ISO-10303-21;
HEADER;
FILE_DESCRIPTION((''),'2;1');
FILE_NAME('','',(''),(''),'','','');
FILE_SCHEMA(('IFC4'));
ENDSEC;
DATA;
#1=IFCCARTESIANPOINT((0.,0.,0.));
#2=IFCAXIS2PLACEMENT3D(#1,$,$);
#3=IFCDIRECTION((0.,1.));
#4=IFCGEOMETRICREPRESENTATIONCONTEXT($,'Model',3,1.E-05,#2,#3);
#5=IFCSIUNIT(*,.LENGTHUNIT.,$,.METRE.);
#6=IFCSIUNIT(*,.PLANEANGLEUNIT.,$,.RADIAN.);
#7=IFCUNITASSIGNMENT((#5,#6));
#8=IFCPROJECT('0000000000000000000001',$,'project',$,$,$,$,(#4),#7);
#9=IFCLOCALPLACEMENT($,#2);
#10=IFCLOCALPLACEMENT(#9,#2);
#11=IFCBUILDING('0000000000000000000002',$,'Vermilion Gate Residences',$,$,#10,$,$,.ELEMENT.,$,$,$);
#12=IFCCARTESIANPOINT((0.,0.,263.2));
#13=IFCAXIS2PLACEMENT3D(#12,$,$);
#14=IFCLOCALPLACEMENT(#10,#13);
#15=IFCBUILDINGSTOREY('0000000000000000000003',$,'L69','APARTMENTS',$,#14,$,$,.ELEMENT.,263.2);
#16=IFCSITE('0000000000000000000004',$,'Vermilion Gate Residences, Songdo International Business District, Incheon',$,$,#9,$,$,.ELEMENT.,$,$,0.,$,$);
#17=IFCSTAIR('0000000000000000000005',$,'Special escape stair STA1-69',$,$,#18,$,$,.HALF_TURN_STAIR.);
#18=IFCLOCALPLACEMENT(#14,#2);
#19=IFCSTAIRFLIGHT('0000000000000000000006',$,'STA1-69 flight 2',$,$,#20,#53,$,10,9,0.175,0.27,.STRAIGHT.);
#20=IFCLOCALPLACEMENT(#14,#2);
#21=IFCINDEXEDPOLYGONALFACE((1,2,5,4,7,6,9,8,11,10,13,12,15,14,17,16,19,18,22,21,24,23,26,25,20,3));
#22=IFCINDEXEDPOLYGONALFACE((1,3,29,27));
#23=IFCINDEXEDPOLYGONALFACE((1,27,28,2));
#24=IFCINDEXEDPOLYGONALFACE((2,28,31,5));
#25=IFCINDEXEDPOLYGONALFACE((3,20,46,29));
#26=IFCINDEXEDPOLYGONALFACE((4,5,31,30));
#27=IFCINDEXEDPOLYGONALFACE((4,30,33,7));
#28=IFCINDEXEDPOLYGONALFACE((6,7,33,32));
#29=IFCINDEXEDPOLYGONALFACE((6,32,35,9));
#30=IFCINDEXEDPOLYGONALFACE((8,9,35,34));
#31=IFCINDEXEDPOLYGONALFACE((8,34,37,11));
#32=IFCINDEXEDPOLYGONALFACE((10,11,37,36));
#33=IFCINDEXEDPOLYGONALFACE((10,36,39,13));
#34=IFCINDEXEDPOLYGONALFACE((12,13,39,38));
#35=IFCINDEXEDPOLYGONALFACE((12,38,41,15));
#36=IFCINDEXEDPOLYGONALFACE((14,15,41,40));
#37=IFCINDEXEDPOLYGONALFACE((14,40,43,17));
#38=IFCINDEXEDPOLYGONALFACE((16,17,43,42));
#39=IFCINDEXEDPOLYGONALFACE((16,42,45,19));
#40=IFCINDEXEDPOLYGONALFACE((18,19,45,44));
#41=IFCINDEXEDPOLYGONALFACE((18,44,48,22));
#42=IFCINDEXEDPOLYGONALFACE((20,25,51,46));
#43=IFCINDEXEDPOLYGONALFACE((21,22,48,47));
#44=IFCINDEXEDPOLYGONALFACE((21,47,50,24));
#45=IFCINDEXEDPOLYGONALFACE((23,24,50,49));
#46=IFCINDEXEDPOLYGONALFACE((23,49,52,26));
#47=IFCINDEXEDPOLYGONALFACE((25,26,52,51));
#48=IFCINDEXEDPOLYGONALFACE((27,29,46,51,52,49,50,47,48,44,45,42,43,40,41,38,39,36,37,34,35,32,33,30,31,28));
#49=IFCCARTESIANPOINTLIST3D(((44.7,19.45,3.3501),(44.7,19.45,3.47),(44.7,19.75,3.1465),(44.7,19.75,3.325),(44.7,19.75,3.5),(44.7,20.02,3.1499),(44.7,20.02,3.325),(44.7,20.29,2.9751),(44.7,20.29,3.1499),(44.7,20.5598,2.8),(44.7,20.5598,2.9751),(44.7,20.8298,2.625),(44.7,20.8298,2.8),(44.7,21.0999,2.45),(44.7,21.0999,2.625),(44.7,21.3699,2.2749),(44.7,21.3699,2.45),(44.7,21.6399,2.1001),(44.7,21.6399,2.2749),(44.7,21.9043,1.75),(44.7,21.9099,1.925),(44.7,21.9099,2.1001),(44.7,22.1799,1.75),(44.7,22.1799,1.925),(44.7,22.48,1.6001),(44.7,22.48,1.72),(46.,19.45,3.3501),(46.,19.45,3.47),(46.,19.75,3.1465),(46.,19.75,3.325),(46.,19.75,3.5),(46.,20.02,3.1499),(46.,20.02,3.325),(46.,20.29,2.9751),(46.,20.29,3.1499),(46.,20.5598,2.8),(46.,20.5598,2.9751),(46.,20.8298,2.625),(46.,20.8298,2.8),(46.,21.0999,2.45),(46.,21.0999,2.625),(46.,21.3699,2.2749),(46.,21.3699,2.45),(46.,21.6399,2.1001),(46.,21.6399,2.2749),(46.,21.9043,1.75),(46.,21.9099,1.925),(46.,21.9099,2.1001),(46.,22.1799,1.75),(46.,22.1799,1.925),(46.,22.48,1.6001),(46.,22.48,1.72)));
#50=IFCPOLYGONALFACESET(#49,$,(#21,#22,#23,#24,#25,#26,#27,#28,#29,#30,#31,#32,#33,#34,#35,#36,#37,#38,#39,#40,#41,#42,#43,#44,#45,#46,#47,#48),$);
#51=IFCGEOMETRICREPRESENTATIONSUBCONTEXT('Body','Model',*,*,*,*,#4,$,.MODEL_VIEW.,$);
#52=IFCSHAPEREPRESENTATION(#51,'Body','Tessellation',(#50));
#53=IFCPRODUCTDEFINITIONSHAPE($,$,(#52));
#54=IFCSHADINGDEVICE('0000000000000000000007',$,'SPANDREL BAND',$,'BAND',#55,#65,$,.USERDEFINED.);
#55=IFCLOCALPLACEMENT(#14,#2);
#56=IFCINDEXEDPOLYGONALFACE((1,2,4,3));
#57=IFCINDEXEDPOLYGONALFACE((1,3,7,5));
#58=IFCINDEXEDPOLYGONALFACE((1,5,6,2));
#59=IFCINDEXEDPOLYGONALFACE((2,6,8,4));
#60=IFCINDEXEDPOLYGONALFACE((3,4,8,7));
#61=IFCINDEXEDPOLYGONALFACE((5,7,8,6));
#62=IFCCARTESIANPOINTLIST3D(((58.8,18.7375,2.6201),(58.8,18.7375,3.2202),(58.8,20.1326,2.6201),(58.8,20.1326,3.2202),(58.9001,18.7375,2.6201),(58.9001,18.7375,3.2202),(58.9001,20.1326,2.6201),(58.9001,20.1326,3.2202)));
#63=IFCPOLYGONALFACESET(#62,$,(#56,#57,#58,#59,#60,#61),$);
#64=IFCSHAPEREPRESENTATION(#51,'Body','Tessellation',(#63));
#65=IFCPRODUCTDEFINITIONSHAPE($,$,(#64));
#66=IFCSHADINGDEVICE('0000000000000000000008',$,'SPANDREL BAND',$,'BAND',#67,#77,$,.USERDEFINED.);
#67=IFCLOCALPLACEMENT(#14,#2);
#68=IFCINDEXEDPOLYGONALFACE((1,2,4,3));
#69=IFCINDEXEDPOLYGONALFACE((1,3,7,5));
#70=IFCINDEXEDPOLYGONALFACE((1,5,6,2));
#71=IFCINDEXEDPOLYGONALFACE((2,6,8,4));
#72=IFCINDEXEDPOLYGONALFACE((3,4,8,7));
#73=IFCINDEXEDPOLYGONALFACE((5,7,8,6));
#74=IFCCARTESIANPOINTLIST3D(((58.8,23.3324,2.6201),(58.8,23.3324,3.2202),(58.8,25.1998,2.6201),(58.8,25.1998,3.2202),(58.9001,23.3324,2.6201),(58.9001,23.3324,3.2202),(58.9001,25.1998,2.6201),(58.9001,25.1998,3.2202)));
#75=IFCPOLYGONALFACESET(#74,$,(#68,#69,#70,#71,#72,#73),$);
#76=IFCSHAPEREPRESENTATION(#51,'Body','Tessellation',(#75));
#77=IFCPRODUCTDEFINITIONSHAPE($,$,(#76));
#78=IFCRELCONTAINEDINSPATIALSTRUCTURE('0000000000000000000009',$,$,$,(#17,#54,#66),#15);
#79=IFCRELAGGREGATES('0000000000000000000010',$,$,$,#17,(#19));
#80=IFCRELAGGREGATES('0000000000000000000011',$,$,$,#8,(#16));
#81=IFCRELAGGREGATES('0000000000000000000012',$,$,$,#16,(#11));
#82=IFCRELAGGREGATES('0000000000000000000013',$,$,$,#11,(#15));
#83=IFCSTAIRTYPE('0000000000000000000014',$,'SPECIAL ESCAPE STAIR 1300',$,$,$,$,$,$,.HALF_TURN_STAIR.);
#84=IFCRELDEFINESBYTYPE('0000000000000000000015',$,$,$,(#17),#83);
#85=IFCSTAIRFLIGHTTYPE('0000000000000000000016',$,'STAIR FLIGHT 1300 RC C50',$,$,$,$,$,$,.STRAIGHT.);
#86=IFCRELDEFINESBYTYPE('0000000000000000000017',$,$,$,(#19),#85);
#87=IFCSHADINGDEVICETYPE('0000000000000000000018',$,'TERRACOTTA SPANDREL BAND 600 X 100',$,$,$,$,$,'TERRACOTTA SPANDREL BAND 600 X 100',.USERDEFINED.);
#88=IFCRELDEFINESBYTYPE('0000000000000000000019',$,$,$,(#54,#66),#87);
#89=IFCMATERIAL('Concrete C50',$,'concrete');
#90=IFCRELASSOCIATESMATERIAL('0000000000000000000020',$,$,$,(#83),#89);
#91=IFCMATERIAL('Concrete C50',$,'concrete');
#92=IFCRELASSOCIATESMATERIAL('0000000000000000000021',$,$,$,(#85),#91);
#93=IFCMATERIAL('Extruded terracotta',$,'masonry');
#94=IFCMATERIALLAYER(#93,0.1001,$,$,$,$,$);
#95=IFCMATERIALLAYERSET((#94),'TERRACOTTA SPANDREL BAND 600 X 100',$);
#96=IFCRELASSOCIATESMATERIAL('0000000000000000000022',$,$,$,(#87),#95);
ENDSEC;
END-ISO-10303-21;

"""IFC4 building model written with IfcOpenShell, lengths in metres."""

from ifc_helpers import new_model, si_unit, direction, frame, origin, origin_2d, place, context, subcontext, project, spatial, polyline, rectangle, outline, extrude, material, layer, layer_set, type_object, element, aggregate, save


model = new_model("IFC4")

# Units and contexts
model_context = context("Model", 3, precision=1e-05, world=origin(), true_north=direction((0.0, 1.0)))
body_context = subcontext(model_context, "Body", "Model", "MODEL_VIEW")
ifc_project = project(units=[si_unit("LENGTHUNIT", "METRE"), si_unit("PLANEANGLEUNIT", "RADIAN")], contexts=[model_context])

# Site, building, storey
site_placement = place(None, origin())
site = spatial("IfcSite", under=ifc_project, at=site_placement, Name="Vermilion Gate Residences, Songdo International Business District, Incheon", CompositionType="ELEMENT", RefElevation=0.0)
building_placement = place(site_placement, origin())
building = spatial("IfcBuilding", under=site, at=building_placement, Name="Vermilion Gate Residences", CompositionType="ELEMENT")
storey_placement = place(building_placement, frame((0.0, 0.0, 263.2)))
storey = spatial("IfcBuildingStorey", under=building, at=storey_placement, Name="L69", Description="APARTMENTS", CompositionType="ELEMENT", Elevation=263.2)

# Stair, stair flight
ifc_material_1 = material(Name="Concrete C50", Category="concrete")
stair_type = type_object("IfcStairType", Name="SPECIAL ESCAPE STAIR 1300", PredefinedType="HALF_TURN_STAIR", material=ifc_material_1)
stair_placement = place(storey_placement, origin())
stair = element("IfcStair", 1, at=stair_placement, inside=storey, type_object=stair_type, Name="Special escape stair STA1-69", PredefinedType="HALF_TURN_STAIR")
ifc_material_2 = material(Name="Concrete C50", Category="concrete")
stair_flight_type = type_object("IfcStairFlightType", Name="STAIR FLIGHT 1300 RC C50", PredefinedType="STRAIGHT", material=ifc_material_2)
stair_flight_1_placement = place(storey_placement, frame((45.3501, 22.1799, 1.75), z_axis=(0.0, 0.0, 1.0), x_axis=(0.0, -1.0, 0.0)))
stair_flight_1 = element("IfcStairFlight", 2, at=stair_flight_1_placement, type_object=stair_flight_type, Name="STA1-69 flight 2", NumberOfRisers=10, NumberOfTreads=9, PredefinedType="STRAIGHT", RiserHeight=0.175, TreadLength=0.27, context=body_context, shape_type="SweptSolid", body=[
    extrude(outline(polyline([(-0.3, -0.1499), (-0.3, -0.03), (0.0, 0.0), (0.0, 0.175), (0.27, 0.175), (0.27, 0.3501), (0.54, 0.3501), (0.54, 0.5249), (0.8101, 0.5249), (0.8101, 0.7), (1.0801, 0.7), (1.0801, 0.875), (1.3501, 0.875), (1.3501, 1.05), (1.6201, 1.05), (1.6201, 1.2251), (1.8899, 1.2251), (1.8899, 1.3999), (2.1599, 1.3999), (2.1599, 1.575), (2.4299, 1.575), (2.4299, 1.75), (2.73, 1.72), (2.73, 1.6001), (2.4299, 1.3965), (0.2756, 0.0), (-0.3, -0.1499)])), frame((0.0, 0.6499, 0.0), z_axis=(0.0, -1.0, 0.0), x_axis=(1.0, 0.0, 0.0)), (0.0, 0.0, 1.0), 1.3),
])
aggregate(stair, [stair_flight_1])

# Shading devices
ifc_material_3 = material(Name="Extruded terracotta", Category="masonry")
ifc_layer_1 = layer(ifc_material_3, 0.1001)
ifc_layer_set_1 = layer_set([ifc_layer_1], Name="TERRACOTTA SPANDREL BAND 600 X 100")
shading_device_type = type_object("IfcShadingDeviceType", Name="TERRACOTTA SPANDREL BAND 600 X 100", ElementType="TERRACOTTA SPANDREL BAND 600 X 100", PredefinedType="USERDEFINED", material=ifc_layer_set_1)
shading_device_1_placement = place(storey_placement, frame((58.8501, 19.4351, 2.6201), z_axis=(0.0, 0.0, 1.0), x_axis=(0.0, 1.0, 0.0)))
element("IfcShadingDevice", 3, at=shading_device_1_placement, inside=storey, type_object=shading_device_type, Name="SPANDREL BAND", ObjectType="BAND", PredefinedType="USERDEFINED", context=body_context, shape_type="SweptSolid", body=[
    extrude(rectangle(XDim=1.395, YDim=0.1001, at=origin_2d()), origin(), (0.0, 0.0, 1.0), 0.6001),
])
shading_device_2_placement = place(storey_placement, frame((58.8501, 24.2661, 2.6201), z_axis=(0.0, 0.0, 1.0), x_axis=(0.0, 1.0, 0.0)))
element("IfcShadingDevice", 4, at=shading_device_2_placement, inside=storey, type_object=shading_device_type, Name="SPANDREL BAND", ObjectType="BAND", PredefinedType="USERDEFINED", context=body_context, shape_type="SweptSolid", body=[
    extrude(rectangle(XDim=1.8674, YDim=0.1001, at=origin_2d()), origin(), (0.0, 0.0, 1.0), 0.6001),
])

save(model, "model.ifc")
